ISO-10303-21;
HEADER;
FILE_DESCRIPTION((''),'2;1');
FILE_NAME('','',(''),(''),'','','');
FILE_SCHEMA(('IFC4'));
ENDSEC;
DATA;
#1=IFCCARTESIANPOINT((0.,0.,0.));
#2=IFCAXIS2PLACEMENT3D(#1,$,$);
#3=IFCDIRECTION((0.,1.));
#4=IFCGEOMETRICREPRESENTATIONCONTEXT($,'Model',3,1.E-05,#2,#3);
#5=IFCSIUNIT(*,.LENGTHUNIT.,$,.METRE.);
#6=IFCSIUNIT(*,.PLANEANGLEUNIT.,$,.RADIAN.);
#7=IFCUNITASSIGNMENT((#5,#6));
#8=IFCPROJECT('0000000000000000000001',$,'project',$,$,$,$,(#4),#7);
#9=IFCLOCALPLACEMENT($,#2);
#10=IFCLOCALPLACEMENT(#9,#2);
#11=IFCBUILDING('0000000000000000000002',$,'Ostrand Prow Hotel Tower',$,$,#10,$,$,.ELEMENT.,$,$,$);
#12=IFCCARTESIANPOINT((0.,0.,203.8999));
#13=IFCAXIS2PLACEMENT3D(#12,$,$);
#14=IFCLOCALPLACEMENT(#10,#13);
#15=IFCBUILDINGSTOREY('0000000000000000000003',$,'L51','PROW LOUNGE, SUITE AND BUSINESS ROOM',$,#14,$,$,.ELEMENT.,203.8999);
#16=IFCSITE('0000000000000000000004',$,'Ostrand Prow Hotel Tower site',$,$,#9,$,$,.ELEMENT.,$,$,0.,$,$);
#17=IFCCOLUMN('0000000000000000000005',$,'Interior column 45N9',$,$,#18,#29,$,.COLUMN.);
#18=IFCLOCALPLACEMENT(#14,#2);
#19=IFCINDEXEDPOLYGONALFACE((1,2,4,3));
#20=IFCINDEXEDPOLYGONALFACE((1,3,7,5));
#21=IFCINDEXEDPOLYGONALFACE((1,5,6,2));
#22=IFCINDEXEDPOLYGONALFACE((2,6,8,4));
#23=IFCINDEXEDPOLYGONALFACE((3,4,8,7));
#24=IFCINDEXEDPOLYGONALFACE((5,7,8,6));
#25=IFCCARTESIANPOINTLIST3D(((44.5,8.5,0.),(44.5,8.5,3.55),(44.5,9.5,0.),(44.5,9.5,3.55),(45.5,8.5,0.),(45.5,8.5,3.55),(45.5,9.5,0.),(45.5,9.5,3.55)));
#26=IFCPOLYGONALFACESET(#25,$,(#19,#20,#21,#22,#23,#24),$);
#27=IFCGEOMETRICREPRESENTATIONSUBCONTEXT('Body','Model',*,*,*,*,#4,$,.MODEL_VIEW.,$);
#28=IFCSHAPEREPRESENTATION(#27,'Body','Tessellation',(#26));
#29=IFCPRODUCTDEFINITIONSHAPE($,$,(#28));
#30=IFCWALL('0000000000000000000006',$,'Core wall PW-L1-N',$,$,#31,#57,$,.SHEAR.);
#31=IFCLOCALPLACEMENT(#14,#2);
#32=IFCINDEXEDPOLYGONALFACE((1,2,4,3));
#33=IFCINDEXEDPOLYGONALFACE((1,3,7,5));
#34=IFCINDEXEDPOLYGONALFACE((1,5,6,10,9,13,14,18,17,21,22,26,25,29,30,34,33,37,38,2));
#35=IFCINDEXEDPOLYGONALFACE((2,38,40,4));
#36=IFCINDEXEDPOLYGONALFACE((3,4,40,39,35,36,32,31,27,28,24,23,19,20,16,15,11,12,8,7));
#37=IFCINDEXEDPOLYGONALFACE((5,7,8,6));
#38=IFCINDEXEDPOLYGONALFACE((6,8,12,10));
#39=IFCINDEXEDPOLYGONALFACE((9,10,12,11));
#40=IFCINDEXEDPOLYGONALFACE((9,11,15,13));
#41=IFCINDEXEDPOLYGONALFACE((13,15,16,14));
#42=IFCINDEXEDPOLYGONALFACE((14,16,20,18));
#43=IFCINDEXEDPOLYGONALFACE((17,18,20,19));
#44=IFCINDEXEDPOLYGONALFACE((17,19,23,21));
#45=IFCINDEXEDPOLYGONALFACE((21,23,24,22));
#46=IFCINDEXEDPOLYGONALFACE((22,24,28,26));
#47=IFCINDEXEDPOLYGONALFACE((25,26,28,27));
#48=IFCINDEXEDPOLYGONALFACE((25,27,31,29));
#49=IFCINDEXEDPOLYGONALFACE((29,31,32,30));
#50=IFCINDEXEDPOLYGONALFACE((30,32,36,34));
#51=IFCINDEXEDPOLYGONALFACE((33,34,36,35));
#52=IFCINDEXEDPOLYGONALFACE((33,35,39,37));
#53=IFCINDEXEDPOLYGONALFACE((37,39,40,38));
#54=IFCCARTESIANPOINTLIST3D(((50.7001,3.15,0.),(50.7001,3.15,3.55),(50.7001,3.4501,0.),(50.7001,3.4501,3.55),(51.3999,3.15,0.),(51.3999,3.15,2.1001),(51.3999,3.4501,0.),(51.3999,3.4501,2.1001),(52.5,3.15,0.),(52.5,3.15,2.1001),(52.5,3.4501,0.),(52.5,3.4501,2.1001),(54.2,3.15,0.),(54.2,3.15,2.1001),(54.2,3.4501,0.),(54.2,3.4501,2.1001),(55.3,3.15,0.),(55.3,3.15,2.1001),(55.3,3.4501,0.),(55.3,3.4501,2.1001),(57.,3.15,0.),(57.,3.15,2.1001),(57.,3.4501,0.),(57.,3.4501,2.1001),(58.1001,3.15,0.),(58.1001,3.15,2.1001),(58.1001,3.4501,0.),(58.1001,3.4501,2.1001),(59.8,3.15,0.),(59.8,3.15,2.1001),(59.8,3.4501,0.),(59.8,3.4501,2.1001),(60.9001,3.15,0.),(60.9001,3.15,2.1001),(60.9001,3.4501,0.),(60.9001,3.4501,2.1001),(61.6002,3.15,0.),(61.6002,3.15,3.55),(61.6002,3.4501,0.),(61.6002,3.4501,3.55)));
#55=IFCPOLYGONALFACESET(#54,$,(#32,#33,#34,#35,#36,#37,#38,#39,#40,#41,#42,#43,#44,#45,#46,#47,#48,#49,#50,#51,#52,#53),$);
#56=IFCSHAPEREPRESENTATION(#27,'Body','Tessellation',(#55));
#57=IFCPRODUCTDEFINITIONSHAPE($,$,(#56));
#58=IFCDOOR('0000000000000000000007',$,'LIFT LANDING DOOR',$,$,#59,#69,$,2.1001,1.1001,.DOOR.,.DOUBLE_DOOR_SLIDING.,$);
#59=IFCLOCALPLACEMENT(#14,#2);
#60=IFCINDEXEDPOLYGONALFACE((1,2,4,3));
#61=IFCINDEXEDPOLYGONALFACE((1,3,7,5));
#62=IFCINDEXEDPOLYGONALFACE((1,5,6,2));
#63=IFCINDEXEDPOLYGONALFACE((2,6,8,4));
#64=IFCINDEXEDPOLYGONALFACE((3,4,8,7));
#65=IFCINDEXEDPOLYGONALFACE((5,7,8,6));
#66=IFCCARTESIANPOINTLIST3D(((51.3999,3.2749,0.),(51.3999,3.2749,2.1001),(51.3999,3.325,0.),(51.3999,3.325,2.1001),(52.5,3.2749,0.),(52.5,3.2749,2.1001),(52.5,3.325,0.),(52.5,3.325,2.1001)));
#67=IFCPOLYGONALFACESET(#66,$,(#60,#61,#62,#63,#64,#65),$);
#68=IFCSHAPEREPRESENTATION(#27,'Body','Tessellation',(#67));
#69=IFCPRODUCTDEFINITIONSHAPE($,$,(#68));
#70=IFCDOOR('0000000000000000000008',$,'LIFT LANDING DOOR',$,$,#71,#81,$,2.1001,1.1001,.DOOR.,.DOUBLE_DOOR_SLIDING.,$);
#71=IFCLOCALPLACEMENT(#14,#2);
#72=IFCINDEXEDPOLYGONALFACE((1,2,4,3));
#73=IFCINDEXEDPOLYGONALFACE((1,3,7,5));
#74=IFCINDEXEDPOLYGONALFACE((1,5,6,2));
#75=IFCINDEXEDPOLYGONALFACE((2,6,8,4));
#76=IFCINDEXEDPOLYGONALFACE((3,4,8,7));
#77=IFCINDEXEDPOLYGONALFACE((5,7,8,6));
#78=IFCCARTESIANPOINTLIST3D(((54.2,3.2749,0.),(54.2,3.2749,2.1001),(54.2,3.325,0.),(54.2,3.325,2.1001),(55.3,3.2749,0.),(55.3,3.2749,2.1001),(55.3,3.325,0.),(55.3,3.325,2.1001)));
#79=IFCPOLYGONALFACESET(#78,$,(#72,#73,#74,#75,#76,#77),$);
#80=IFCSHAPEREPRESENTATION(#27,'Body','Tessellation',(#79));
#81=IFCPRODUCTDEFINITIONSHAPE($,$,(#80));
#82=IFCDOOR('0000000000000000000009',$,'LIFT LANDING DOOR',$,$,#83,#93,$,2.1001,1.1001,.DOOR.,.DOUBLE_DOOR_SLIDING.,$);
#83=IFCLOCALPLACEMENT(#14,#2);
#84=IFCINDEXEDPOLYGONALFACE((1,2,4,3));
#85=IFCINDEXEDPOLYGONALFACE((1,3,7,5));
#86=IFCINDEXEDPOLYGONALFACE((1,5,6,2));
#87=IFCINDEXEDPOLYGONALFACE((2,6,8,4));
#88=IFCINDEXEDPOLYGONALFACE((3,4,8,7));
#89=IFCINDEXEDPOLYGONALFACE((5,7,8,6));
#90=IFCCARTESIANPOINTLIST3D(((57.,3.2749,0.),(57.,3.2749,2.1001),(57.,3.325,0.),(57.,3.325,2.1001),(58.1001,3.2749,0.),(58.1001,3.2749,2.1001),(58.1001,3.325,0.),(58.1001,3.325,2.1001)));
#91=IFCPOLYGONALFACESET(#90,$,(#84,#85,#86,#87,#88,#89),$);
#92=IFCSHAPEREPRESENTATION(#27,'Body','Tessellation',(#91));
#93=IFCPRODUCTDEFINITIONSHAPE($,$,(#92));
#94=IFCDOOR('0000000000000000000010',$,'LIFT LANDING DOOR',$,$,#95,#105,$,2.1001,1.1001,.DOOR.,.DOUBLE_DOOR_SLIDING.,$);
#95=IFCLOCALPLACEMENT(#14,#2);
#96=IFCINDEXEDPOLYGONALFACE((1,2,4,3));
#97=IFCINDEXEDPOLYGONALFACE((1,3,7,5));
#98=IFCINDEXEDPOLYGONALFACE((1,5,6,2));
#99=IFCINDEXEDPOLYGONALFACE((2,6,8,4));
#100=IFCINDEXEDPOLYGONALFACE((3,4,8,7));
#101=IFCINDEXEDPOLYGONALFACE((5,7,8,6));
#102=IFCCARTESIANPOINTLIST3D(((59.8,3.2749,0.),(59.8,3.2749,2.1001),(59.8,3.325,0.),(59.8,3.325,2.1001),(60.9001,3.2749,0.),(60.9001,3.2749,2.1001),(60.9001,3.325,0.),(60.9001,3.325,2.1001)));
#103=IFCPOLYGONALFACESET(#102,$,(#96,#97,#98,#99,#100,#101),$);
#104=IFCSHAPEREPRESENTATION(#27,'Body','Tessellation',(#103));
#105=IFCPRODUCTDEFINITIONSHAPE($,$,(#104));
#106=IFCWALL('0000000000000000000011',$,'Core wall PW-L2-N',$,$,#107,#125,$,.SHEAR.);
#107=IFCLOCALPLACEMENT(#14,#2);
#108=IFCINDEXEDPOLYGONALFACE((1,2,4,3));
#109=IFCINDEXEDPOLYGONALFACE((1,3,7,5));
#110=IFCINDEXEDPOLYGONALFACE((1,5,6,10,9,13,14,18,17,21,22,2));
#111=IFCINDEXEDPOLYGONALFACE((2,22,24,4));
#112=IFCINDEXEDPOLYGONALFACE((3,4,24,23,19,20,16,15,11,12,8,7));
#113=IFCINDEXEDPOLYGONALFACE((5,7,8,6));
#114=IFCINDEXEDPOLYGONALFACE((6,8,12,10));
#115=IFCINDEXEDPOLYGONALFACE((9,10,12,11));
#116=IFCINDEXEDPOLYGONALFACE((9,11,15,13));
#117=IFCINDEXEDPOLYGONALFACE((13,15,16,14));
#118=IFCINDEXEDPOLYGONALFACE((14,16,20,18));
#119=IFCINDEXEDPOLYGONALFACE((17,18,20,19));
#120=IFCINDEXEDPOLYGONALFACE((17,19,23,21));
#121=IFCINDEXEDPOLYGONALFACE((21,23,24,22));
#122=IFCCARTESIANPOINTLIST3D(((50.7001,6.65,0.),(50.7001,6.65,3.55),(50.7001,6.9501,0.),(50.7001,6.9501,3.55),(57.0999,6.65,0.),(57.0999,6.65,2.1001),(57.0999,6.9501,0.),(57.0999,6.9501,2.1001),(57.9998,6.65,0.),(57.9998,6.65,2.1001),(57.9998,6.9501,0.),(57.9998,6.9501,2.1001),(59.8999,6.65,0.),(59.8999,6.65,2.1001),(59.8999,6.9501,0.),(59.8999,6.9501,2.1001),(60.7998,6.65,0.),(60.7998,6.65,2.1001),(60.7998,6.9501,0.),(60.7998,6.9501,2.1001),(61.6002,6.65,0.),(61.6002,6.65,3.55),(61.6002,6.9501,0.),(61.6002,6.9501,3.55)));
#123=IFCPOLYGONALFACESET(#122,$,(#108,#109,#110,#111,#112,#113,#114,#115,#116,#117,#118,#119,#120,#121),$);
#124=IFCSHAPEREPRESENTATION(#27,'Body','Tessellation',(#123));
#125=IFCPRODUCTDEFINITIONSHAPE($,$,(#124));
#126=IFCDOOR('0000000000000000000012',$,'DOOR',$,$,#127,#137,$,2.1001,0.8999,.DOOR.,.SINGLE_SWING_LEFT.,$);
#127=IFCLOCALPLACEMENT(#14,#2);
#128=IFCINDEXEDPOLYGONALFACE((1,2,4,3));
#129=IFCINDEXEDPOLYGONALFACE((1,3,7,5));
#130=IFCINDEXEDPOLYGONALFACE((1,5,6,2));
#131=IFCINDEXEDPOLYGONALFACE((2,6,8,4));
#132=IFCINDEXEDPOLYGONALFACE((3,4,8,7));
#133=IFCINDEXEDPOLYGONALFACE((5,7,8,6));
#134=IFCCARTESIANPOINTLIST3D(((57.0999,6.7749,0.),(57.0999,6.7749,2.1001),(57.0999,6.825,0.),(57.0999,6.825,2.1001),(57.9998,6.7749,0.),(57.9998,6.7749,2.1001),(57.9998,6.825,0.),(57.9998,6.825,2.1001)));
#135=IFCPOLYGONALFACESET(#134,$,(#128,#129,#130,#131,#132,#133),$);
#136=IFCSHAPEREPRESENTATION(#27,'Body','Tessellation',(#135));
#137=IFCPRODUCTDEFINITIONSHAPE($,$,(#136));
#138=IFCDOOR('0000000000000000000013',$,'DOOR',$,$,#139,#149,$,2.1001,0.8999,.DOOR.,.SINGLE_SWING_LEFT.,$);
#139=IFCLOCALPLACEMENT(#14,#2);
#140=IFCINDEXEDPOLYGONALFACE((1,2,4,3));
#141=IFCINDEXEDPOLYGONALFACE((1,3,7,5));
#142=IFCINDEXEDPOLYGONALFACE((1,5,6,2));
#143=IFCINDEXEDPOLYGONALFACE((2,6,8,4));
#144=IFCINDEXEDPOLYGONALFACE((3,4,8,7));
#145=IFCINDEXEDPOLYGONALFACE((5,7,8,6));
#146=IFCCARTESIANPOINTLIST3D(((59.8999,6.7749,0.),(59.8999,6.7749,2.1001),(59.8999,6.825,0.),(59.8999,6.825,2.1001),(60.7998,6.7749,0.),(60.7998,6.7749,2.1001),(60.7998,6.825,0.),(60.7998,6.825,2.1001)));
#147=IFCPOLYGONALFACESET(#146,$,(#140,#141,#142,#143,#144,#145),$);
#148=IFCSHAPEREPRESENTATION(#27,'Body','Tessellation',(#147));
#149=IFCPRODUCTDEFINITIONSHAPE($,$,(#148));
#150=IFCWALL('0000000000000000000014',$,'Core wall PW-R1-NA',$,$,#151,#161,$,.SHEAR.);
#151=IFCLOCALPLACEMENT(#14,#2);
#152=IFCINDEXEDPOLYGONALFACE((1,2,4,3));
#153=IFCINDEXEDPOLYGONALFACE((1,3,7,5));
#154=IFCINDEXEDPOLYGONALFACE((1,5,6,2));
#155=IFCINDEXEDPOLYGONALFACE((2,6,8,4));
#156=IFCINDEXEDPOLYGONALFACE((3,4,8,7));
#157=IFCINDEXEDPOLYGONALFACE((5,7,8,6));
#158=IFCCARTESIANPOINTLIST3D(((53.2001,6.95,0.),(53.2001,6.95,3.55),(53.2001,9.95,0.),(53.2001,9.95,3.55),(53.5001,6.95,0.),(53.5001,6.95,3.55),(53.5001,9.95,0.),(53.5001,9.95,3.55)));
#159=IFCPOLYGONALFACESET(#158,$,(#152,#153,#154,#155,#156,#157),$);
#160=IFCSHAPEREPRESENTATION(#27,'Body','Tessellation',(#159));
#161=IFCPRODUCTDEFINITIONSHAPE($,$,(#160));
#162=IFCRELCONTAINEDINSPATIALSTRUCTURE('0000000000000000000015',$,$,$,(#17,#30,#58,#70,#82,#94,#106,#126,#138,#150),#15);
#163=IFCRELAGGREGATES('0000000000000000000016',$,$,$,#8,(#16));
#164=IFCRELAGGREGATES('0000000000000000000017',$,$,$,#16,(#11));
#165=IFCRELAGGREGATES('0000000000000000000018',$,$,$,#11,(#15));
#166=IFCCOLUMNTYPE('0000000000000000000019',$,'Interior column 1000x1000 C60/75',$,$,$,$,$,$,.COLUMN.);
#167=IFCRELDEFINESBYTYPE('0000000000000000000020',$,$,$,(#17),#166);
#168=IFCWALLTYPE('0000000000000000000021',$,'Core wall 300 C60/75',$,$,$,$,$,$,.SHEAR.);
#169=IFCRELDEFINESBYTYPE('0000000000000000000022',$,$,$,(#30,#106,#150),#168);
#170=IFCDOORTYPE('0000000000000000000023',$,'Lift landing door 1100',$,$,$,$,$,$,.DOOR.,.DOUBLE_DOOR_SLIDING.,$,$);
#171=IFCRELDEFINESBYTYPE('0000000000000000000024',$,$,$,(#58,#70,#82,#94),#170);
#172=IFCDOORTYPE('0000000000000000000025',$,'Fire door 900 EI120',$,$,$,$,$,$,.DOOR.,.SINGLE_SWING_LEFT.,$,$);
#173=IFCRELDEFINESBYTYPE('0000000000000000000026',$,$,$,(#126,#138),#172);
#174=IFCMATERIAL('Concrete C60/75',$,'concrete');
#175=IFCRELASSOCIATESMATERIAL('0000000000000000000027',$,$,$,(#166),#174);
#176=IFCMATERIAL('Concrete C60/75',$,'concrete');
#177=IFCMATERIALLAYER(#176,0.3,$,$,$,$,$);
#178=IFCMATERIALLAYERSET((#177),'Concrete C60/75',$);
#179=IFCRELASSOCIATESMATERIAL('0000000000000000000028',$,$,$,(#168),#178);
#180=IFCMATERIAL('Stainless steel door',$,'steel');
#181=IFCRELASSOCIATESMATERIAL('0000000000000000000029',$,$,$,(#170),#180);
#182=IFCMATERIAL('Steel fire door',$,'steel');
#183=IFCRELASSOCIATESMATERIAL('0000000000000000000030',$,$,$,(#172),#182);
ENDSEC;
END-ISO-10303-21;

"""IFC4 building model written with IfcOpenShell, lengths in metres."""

from ifc_helpers import new_model, si_unit, direction, frame, frame_2d, origin, origin_2d, place, context, subcontext, project, spatial, rectangle, extrude, material, layer, layer_set, material_profile, profile_set, type_object, element, fill, save


model = new_model("IFC4")

# Units and contexts
model_context = context("Model", 3, precision=1e-05, world=origin(), true_north=direction((0.0, 1.0)))
body_context = subcontext(model_context, "Body", "Model", "MODEL_VIEW")
ifc_project = project(units=[si_unit("LENGTHUNIT", "METRE"), si_unit("PLANEANGLEUNIT", "RADIAN")], contexts=[model_context])

# Site, building, storey
site_placement = place(None, origin())
site = spatial("IfcSite", under=ifc_project, at=site_placement, Name="Ostrand Prow Hotel Tower site", CompositionType="ELEMENT", RefElevation=0.0)
building_placement = place(site_placement, origin())
building = spatial("IfcBuilding", under=site, at=building_placement, Name="Ostrand Prow Hotel Tower", CompositionType="ELEMENT")
storey_placement = place(building_placement, frame((0.0, 0.0, 203.8999)))
storey = spatial("IfcBuildingStorey", under=building, at=storey_placement, Name="L51", Description="PROW LOUNGE, SUITE AND BUSINESS ROOM", CompositionType="ELEMENT", Elevation=203.8999)

# Column
ifc_material_1 = material(Name="Concrete C60/75", Category="concrete")
ifc_material_profile = material_profile(ifc_material_1, rectangle(XDim=1.0, YDim=1.0, at=origin_2d()), Name="RC 1000x1000")
ifc_profile_set = profile_set([ifc_material_profile], Name="Concrete C60/75")
column_type = type_object("IfcColumnType", Name="Interior column 1000x1000 C60/75", PredefinedType="COLUMN", material=ifc_profile_set)
column_placement = place(storey_placement, frame((45.0, 9.0, 0.0), z_axis=(0.0, 0.0, 1.0), x_axis=(1.0, 0.0, 0.0)))
element("IfcColumn", 1, at=column_placement, inside=storey, type_object=column_type, Name="Interior column 45N9", PredefinedType="COLUMN", context=body_context, shape_type="SweptSolid", body=[
    extrude(rectangle(XDim=1.0, YDim=1.0, at=origin_2d()), origin(), (0.0, 0.0, 1.0), 3.55),
])

# Walls, openings, doors
ifc_material_2 = material(Name="Concrete C60/75", Category="concrete")
ifc_layer_1 = layer(ifc_material_2, 0.3)
ifc_layer_set_1 = layer_set([ifc_layer_1], Name="Concrete C60/75")
wall_type_1 = type_object("IfcWallType", Name="Core wall 300 C60/75", PredefinedType="SHEAR", material=ifc_layer_set_1)
wall_1_placement = place(storey_placement, frame((50.7, 3.3, 0.0), z_axis=(0.0, 0.0, 1.0), x_axis=(1.0, 0.0, 0.0)))
wall_1 = element("IfcWall", 2, at=wall_1_placement, inside=storey, type_object=wall_type_1, Name="Core wall PW-L1-N", PredefinedType="SHEAR", context=body_context, shape_type="SweptSolid", body=[
    extrude(rectangle(XDim=10.9001, YDim=0.3, at=frame_2d((5.4502, 0.0))), origin(), (0.0, 0.0, 1.0), 3.55),
])
opening_1_placement = place(wall_1_placement, frame((0.7, 0.0, 0.0)))
opening_1 = element("IfcOpeningElement", 3, at=opening_1_placement, cuts=wall_1, PredefinedType="OPENING", context=body_context, shape_type="SweptSolid", body=[
    extrude(rectangle(XDim=1.1001, YDim=2.1001, at=frame_2d((0.55, 1.05))), frame((0.0, 0.1599, 0.0), z_axis=(0.0, -1.0, 0.0), x_axis=(1.0, 0.0, 0.0)), (0.0, 0.0, 1.0), 0.3201),
])
opening_2_placement = place(wall_1_placement, frame((3.5, 0.0, 0.0)))
opening_2 = element("IfcOpeningElement", 4, at=opening_2_placement, cuts=wall_1, PredefinedType="OPENING", context=body_context, shape_type="SweptSolid", body=[
    extrude(rectangle(XDim=1.1001, YDim=2.1001, at=frame_2d((0.55, 1.05))), frame((0.0, 0.1599, 0.0), z_axis=(0.0, -1.0, 0.0), x_axis=(1.0, 0.0, 0.0)), (0.0, 0.0, 1.0), 0.3201),
])
opening_3_placement = place(wall_1_placement, frame((6.3, 0.0, 0.0)))
opening_3 = element("IfcOpeningElement", 5, at=opening_3_placement, cuts=wall_1, PredefinedType="OPENING", context=body_context, shape_type="SweptSolid", body=[
    extrude(rectangle(XDim=1.1001, YDim=2.1001, at=frame_2d((0.55, 1.05))), frame((0.0, 0.1599, 0.0), z_axis=(0.0, -1.0, 0.0), x_axis=(1.0, 0.0, 0.0)), (0.0, 0.0, 1.0), 0.3201),
])
opening_4_placement = place(wall_1_placement, frame((9.1001, 0.0, 0.0)))
opening_4 = element("IfcOpeningElement", 6, at=opening_4_placement, cuts=wall_1, PredefinedType="OPENING", context=body_context, shape_type="SweptSolid", body=[
    extrude(rectangle(XDim=1.1001, YDim=2.1001, at=frame_2d((0.55, 1.05))), frame((0.0, 0.1599, 0.0), z_axis=(0.0, -1.0, 0.0), x_axis=(1.0, 0.0, 0.0)), (0.0, 0.0, 1.0), 0.3201),
])
ifc_material_3 = material(Name="Stainless steel door", Category="steel")
door_type_1 = type_object("IfcDoorType", Name="Lift landing door 1100", OperationType="DOUBLE_DOOR_SLIDING", PredefinedType="DOOR", material=ifc_material_3)
door_1_placement = place(opening_1_placement, origin())
door_1 = element("IfcDoor", 7, at=door_1_placement, inside=storey, type_object=door_type_1, Name="LIFT LANDING DOOR", OperationType="DOUBLE_DOOR_SLIDING", OverallHeight=2.1001, OverallWidth=1.1001, PredefinedType="DOOR", context=body_context, shape_type="SweptSolid", body=[
    extrude(rectangle(XDim=1.1001, YDim=2.1001, at=frame_2d((0.55, 1.05))), frame((0.0, 0.0249, 0.0), z_axis=(0.0, -1.0, 0.0), x_axis=(1.0, 0.0, 0.0)), (0.0, 0.0, 1.0), 0.05),
])
fill(opening_1, door_1)
door_2_placement = place(opening_2_placement, origin())
door_2 = element("IfcDoor", 8, at=door_2_placement, inside=storey, type_object=door_type_1, Name="LIFT LANDING DOOR", OperationType="DOUBLE_DOOR_SLIDING", OverallHeight=2.1001, OverallWidth=1.1001, PredefinedType="DOOR", context=body_context, shape_type="SweptSolid", body=[
    extrude(rectangle(XDim=1.1001, YDim=2.1001, at=frame_2d((0.55, 1.05))), frame((0.0, 0.0249, 0.0), z_axis=(0.0, -1.0, 0.0), x_axis=(1.0, 0.0, 0.0)), (0.0, 0.0, 1.0), 0.05),
])
fill(opening_2, door_2)
door_3_placement = place(opening_3_placement, origin())
door_3 = element("IfcDoor", 9, at=door_3_placement, inside=storey, type_object=door_type_1, Name="LIFT LANDING DOOR", OperationType="DOUBLE_DOOR_SLIDING", OverallHeight=2.1001, OverallWidth=1.1001, PredefinedType="DOOR", context=body_context, shape_type="SweptSolid", body=[
    extrude(rectangle(XDim=1.1001, YDim=2.1001, at=frame_2d((0.55, 1.05))), frame((0.0, 0.0249, 0.0), z_axis=(0.0, -1.0, 0.0), x_axis=(1.0, 0.0, 0.0)), (0.0, 0.0, 1.0), 0.05),
])
fill(opening_3, door_3)
door_4_placement = place(opening_4_placement, origin())
door_4 = element("IfcDoor", 10, at=door_4_placement, inside=storey, type_object=door_type_1, Name="LIFT LANDING DOOR", OperationType="DOUBLE_DOOR_SLIDING", OverallHeight=2.1001, OverallWidth=1.1001, PredefinedType="DOOR", context=body_context, shape_type="SweptSolid", body=[
    extrude(rectangle(XDim=1.1001, YDim=2.1001, at=frame_2d((0.55, 1.05))), frame((0.0, 0.0249, 0.0), z_axis=(0.0, -1.0, 0.0), x_axis=(1.0, 0.0, 0.0)), (0.0, 0.0, 1.0), 0.05),
])
fill(opening_4, door_4)
wall_2_placement = place(storey_placement, frame((50.7, 6.8, 0.0), z_axis=(0.0, 0.0, 1.0), x_axis=(1.0, 0.0, 0.0)))
wall_2 = element("IfcWall", 11, at=wall_2_placement, inside=storey, type_object=wall_type_1, Name="Core wall PW-L2-N", PredefinedType="SHEAR", context=body_context, shape_type="SweptSolid", body=[
    extrude(rectangle(XDim=10.9001, YDim=0.3, at=frame_2d((5.4502, 0.0))), origin(), (0.0, 0.0, 1.0), 3.55),
])
opening_5_placement = place(wall_2_placement, frame((6.3999, 0.0, 0.0)))
opening_5 = element("IfcOpeningElement", 12, at=opening_5_placement, cuts=wall_2, PredefinedType="OPENING", context=body_context, shape_type="SweptSolid", body=[
    extrude(rectangle(XDim=0.8999, YDim=2.1001, at=frame_2d((0.45, 1.05))), frame((0.0, 0.1599, 0.0), z_axis=(0.0, -1.0, 0.0), x_axis=(1.0, 0.0, 0.0)), (0.0, 0.0, 1.0), 0.3201),
])
opening_6_placement = place(wall_2_placement, frame((9.2, 0.0, 0.0)))
opening_6 = element("IfcOpeningElement", 13, at=opening_6_placement, cuts=wall_2, PredefinedType="OPENING", context=body_context, shape_type="SweptSolid", body=[
    extrude(rectangle(XDim=0.8999, YDim=2.1001, at=frame_2d((0.45, 1.05))), frame((0.0, 0.1599, 0.0), z_axis=(0.0, -1.0, 0.0), x_axis=(1.0, 0.0, 0.0)), (0.0, 0.0, 1.0), 0.3201),
])
ifc_material_4 = material(Name="Steel fire door", Category="steel")
door_type_2 = type_object("IfcDoorType", Name="Fire door 900 EI120", OperationType="SINGLE_SWING_LEFT", PredefinedType="DOOR", material=ifc_material_4)
door_5_placement = place(opening_5_placement, origin())
door_5 = element("IfcDoor", 14, at=door_5_placement, inside=storey, type_object=door_type_2, Name="DOOR", OperationType="SINGLE_SWING_LEFT", OverallHeight=2.1001, OverallWidth=0.8999, PredefinedType="DOOR", context=body_context, shape_type="SweptSolid", body=[
    extrude(rectangle(XDim=0.8999, YDim=2.1001, at=frame_2d((0.45, 1.05))), frame((0.0, 0.0249, 0.0), z_axis=(0.0, -1.0, 0.0), x_axis=(1.0, 0.0, 0.0)), (0.0, 0.0, 1.0), 0.05),
])
fill(opening_5, door_5)
door_6_placement = place(opening_6_placement, origin())
door_6 = element("IfcDoor", 15, at=door_6_placement, inside=storey, type_object=door_type_2, Name="DOOR", OperationType="SINGLE_SWING_LEFT", OverallHeight=2.1001, OverallWidth=0.8999, PredefinedType="DOOR", context=body_context, shape_type="SweptSolid", body=[
    extrude(rectangle(XDim=0.8999, YDim=2.1001, at=frame_2d((0.45, 1.05))), frame((0.0, 0.0249, 0.0), z_axis=(0.0, -1.0, 0.0), x_axis=(1.0, 0.0, 0.0)), (0.0, 0.0, 1.0), 0.05),
])
fill(opening_6, door_6)

# Wall
for number, where, z_axis, x_axis, name in (
    (16, (53.3501, 6.95, 0.0), (0.0, 0.0, 1.0), (0.0, 1.0, 0.0), "Core wall PW-R1-NA"),
):
    element("IfcWall", number, at=place(storey_placement, frame(where, z_axis=z_axis, x_axis=x_axis)), inside=storey, type_object=wall_type_1, Name=name, PredefinedType="SHEAR", context=body_context, shape_type="SweptSolid", body=[
        extrude(rectangle(XDim=3.0, YDim=0.3, at=frame_2d((1.5, 0.0))), origin(), (0.0, 0.0, 1.0), 3.55),
    ])

save(model, "model.ifc")
